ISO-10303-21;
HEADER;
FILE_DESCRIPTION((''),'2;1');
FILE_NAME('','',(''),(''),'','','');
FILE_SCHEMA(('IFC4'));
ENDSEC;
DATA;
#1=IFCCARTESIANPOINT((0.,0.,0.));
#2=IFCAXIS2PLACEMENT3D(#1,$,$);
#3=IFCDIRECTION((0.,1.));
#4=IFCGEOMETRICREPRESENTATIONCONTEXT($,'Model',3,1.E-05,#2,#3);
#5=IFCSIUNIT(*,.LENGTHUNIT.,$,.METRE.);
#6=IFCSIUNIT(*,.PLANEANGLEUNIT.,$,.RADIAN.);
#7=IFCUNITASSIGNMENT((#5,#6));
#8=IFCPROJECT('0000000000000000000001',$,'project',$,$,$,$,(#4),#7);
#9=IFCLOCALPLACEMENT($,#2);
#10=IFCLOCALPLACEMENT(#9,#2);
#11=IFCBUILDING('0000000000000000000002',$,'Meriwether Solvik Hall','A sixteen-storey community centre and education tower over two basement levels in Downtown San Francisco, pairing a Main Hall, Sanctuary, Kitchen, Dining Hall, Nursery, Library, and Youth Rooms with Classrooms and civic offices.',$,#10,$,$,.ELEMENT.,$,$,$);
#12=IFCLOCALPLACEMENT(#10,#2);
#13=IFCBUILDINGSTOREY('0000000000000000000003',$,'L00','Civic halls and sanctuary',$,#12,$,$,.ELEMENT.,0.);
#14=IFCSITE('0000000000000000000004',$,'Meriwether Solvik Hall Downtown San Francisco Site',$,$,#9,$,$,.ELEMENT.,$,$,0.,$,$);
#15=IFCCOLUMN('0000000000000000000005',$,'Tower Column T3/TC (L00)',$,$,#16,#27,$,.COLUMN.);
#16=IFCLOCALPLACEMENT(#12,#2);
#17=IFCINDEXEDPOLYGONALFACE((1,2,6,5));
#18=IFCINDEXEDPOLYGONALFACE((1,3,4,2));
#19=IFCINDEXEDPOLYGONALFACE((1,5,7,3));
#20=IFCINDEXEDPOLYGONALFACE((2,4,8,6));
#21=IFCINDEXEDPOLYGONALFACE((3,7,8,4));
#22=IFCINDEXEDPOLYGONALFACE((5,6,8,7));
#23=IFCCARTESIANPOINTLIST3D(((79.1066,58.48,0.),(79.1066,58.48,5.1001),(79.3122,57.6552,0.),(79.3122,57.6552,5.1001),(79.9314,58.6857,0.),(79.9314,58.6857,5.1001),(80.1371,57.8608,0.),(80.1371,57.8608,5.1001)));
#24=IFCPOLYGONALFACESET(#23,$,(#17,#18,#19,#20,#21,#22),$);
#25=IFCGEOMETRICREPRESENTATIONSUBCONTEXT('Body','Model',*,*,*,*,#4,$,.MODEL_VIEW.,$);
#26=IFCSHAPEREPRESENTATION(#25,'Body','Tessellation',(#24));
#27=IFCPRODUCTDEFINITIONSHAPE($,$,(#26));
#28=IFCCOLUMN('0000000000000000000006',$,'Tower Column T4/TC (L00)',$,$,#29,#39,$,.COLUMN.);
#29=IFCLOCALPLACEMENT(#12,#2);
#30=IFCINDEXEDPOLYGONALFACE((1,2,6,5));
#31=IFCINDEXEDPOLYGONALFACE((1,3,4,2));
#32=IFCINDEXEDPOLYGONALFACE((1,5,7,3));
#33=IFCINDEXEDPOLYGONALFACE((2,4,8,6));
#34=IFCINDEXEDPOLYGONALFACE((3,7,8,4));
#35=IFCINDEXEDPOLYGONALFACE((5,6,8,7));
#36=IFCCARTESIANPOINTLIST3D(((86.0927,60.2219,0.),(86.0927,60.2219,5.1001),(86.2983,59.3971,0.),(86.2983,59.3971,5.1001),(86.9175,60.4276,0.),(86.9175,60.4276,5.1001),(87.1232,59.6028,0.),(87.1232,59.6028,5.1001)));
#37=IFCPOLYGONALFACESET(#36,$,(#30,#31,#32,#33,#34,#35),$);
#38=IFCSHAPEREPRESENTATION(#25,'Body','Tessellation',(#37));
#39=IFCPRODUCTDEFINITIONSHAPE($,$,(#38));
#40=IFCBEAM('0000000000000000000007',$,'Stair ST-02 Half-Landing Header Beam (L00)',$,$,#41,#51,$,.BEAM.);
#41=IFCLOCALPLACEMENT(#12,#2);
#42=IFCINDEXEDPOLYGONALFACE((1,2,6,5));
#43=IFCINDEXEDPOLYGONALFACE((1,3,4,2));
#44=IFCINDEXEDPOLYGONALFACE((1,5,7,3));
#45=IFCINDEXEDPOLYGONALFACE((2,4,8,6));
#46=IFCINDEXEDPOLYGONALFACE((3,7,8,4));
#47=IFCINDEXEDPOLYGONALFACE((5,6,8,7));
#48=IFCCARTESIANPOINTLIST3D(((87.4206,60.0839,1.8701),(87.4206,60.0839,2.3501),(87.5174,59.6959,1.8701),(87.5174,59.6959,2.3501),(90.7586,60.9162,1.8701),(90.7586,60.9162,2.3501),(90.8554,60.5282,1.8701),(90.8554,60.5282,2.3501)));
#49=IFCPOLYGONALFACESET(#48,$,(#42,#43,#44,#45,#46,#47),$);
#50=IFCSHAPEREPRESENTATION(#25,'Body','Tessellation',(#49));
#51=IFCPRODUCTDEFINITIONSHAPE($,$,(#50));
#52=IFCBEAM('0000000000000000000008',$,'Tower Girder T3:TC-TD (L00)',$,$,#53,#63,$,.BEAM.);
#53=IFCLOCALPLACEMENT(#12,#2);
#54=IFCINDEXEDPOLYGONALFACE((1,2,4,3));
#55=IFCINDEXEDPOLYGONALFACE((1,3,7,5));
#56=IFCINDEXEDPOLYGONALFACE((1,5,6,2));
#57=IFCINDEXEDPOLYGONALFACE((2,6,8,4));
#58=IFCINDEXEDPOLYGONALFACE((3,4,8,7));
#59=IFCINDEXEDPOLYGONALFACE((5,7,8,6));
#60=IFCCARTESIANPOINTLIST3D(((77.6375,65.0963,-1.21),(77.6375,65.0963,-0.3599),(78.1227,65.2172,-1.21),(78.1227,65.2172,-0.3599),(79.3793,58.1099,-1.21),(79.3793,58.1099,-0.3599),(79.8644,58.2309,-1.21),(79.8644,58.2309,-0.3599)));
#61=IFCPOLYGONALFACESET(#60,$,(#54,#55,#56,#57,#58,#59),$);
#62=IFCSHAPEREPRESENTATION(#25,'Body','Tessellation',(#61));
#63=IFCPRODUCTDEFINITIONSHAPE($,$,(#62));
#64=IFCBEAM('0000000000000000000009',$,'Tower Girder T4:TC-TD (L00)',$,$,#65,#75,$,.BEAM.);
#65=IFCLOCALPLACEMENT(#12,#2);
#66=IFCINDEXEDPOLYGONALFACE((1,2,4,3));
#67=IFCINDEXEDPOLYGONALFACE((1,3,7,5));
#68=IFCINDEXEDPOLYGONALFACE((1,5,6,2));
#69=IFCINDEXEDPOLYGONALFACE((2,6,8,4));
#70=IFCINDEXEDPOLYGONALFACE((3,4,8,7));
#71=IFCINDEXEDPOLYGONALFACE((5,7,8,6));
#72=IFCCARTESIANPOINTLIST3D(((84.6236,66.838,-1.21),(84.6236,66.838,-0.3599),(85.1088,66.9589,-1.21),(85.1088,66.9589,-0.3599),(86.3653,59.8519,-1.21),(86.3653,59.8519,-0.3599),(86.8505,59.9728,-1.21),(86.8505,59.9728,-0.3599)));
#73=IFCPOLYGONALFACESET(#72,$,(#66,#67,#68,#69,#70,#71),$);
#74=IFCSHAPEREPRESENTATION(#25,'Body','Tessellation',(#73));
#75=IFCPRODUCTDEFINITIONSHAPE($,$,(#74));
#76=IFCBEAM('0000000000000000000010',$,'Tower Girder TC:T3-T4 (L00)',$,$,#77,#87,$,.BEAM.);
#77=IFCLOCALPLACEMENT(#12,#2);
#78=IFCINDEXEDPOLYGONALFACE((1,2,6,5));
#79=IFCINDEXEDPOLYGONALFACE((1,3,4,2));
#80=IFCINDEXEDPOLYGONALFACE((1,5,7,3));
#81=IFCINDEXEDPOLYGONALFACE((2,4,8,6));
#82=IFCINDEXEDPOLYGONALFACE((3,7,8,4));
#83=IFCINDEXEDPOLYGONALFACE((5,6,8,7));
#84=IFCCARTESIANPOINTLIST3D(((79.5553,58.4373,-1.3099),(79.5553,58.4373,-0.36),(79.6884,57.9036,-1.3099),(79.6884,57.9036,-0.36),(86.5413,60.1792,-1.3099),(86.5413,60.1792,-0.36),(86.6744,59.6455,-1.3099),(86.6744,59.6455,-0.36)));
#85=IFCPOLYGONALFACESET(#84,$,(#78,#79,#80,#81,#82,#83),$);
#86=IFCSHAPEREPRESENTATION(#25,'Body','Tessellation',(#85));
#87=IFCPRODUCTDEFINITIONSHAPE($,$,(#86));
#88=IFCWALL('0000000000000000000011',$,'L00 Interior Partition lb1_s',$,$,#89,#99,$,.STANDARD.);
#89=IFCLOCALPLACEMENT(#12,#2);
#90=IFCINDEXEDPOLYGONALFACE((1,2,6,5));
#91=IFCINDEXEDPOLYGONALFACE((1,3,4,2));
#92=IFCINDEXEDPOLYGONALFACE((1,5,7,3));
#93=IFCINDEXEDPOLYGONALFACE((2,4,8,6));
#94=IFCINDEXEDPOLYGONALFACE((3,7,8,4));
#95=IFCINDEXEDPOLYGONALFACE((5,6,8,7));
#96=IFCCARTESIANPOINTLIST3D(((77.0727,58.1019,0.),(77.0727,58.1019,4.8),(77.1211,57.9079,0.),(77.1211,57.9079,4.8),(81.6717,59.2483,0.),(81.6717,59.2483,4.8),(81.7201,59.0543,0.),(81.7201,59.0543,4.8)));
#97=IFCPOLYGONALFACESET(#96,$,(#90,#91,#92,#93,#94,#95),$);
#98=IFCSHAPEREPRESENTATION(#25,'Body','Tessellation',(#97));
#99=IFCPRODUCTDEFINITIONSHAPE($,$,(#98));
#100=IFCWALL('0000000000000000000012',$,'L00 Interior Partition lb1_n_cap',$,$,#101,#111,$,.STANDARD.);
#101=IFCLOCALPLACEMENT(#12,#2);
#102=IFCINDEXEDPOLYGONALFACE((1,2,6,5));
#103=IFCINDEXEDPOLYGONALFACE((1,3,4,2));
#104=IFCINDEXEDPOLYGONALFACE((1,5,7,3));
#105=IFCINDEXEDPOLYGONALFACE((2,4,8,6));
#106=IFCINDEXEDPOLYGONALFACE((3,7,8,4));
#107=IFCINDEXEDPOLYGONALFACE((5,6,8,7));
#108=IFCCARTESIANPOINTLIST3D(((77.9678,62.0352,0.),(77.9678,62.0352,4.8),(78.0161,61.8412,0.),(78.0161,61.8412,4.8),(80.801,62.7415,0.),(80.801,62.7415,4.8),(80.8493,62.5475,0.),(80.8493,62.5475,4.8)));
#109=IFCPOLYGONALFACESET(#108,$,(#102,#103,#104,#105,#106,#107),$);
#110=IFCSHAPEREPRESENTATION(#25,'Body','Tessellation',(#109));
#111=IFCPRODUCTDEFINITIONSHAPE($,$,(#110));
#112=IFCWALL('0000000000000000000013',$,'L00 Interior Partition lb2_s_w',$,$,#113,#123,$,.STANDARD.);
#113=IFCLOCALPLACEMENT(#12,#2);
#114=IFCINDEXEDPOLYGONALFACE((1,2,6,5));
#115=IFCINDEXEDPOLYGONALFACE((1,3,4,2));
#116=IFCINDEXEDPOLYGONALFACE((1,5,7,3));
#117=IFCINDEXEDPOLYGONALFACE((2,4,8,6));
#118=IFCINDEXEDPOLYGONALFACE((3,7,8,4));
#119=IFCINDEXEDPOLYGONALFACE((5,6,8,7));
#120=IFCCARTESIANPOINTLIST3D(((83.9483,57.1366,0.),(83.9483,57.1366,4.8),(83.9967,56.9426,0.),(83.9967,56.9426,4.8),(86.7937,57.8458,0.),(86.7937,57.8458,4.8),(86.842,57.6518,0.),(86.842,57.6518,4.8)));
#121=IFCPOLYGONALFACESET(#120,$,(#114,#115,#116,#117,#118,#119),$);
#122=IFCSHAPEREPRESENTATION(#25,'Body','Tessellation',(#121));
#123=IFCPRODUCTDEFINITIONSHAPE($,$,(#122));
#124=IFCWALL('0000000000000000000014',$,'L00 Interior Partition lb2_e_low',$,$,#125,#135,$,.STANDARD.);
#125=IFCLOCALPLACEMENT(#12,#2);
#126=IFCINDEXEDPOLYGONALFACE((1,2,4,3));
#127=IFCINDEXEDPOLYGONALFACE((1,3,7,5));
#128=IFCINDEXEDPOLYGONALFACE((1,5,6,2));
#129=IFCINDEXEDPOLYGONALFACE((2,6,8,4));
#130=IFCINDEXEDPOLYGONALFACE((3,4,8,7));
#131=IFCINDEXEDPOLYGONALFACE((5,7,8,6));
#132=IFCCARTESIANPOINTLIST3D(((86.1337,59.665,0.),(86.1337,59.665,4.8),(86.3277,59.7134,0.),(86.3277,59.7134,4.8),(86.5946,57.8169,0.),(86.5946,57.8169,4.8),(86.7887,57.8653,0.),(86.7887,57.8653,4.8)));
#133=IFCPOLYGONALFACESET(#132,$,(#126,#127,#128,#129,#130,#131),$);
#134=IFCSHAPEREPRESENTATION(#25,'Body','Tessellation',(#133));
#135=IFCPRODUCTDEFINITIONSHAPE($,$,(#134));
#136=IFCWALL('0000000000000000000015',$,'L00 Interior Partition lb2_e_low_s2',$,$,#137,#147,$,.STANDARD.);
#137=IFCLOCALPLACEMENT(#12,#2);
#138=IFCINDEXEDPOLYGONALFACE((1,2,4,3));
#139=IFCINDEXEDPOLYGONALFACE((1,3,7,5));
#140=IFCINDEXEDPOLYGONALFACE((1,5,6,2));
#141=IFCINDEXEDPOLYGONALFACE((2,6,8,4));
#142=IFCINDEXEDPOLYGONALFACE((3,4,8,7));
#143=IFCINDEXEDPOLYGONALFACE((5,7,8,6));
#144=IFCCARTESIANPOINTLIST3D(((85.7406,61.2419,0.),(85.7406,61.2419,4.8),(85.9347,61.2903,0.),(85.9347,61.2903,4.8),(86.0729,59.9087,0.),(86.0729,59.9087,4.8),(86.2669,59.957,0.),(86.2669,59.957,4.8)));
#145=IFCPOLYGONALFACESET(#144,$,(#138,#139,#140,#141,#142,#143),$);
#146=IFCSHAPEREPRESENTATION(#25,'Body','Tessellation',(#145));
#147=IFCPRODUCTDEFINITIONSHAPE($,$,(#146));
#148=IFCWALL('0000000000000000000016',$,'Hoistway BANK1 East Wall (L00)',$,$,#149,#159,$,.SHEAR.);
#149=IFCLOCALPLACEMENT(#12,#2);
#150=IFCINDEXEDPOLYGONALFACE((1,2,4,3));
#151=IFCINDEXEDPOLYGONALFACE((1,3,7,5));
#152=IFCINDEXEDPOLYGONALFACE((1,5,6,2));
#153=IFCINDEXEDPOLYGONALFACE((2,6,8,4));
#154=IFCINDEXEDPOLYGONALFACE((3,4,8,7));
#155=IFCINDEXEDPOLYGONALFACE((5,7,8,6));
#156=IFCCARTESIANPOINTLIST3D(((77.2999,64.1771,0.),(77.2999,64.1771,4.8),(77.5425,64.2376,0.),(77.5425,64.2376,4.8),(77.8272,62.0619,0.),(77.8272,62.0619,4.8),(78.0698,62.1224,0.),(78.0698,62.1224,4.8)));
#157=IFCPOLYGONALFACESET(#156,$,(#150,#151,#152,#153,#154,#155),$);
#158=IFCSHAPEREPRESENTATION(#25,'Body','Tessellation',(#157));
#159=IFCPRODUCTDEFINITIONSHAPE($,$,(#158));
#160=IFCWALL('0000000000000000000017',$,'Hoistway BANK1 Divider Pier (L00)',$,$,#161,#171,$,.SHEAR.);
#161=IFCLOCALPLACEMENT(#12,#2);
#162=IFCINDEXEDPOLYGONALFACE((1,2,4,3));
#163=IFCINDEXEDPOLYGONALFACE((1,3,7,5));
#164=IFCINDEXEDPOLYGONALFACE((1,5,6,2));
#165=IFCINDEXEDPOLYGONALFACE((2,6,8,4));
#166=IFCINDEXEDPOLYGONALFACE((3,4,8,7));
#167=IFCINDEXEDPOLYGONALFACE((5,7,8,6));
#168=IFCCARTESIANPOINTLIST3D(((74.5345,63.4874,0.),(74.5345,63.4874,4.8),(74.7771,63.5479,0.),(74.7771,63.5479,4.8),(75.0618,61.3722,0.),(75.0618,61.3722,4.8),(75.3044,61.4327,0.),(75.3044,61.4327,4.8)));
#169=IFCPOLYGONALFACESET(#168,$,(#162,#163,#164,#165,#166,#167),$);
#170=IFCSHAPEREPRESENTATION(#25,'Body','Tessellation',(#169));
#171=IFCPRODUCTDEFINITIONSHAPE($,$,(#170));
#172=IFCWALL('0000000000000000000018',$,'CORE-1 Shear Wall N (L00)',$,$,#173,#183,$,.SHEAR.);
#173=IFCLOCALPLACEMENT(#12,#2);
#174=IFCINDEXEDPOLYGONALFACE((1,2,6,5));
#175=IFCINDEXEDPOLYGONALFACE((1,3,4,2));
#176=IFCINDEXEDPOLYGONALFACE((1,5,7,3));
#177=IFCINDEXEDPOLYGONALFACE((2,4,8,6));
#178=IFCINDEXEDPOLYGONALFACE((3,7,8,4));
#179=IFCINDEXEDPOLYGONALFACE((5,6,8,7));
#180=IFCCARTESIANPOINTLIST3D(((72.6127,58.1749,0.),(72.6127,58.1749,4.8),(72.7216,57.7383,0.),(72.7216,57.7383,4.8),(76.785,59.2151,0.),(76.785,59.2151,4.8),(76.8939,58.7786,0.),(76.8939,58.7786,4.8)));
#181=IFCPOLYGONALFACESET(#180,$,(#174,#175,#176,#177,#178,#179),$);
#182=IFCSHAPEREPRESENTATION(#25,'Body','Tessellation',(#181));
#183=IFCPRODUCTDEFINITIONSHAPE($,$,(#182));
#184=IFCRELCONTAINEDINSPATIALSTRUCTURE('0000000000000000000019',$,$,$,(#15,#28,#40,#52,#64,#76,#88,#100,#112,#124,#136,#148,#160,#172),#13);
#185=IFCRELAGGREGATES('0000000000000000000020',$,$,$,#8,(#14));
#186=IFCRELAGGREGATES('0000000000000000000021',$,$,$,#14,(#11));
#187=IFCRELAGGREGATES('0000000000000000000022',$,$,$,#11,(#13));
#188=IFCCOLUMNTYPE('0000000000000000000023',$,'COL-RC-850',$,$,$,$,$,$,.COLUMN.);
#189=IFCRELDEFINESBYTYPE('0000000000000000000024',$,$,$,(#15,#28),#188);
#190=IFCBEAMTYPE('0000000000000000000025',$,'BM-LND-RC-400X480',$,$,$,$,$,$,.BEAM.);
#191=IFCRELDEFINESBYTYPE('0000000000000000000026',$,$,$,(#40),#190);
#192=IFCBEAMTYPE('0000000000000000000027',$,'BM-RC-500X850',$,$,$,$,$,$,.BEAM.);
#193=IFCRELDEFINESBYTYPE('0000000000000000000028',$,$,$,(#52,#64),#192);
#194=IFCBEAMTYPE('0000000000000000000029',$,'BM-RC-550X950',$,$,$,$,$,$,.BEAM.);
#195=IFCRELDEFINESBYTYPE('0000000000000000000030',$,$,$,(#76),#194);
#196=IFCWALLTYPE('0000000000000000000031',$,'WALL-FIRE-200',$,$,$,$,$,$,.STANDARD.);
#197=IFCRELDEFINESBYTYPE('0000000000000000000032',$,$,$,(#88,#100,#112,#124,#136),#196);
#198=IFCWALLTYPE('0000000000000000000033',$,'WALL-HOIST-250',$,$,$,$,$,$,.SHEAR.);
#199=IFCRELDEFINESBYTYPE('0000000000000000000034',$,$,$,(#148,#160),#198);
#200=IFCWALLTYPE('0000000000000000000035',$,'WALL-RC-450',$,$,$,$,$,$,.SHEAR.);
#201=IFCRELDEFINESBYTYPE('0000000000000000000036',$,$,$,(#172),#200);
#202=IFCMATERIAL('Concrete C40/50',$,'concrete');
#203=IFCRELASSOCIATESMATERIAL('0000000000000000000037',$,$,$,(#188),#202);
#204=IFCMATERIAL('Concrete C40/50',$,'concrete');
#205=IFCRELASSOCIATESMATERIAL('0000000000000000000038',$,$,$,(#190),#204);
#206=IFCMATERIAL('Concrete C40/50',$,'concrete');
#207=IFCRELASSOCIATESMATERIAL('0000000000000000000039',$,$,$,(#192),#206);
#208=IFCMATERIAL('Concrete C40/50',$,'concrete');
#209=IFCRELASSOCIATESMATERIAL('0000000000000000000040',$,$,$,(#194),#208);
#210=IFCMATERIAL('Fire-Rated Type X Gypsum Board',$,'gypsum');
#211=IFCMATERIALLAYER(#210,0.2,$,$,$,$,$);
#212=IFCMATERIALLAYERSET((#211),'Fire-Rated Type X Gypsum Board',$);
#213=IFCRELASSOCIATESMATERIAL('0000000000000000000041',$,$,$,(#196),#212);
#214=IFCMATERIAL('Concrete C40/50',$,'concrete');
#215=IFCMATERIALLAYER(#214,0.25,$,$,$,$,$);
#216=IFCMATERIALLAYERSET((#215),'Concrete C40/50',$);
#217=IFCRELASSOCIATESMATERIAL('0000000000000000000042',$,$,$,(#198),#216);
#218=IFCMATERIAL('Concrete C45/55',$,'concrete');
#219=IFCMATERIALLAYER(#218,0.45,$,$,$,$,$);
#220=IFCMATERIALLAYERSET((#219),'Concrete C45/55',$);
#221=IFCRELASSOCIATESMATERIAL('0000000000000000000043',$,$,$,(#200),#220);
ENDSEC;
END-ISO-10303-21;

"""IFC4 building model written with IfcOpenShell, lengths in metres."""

from ifc_helpers import new_model, si_unit, direction, frame, frame_2d, origin, origin_2d, place, context, subcontext, project, spatial, rectangle, extrude, material, layer, layer_set, material_profile, profile_set, type_object, element, save


model = new_model("IFC4")

# Units and contexts
model_context = context("Model", 3, precision=1e-05, world=origin(), true_north=direction((0.0, 1.0)))
body_context = subcontext(model_context, "Body", "Model", "MODEL_VIEW")
ifc_project = project(units=[si_unit("LENGTHUNIT", "METRE"), si_unit("PLANEANGLEUNIT", "RADIAN")], contexts=[model_context])

# Site, building, storey
site_placement = place(None, origin())
site = spatial("IfcSite", under=ifc_project, at=site_placement, Name="Meriwether Solvik Hall Downtown San Francisco Site", CompositionType="ELEMENT", RefElevation=0.0)
building_placement = place(site_placement, origin())
building = spatial("IfcBuilding", under=site, at=building_placement, Name="Meriwether Solvik Hall", Description="A sixteen-storey community centre and education tower over two basement levels in Downtown San Francisco, pairing a Main Hall, Sanctuary, Kitchen, Dining Hall, Nursery, Library, and Youth Rooms with Classrooms and civic offices.", CompositionType="ELEMENT")
storey_placement = place(building_placement, origin())
storey = spatial("IfcBuildingStorey", under=building, at=storey_placement, Name="L00", Description="Civic halls and sanctuary", CompositionType="ELEMENT", Elevation=0.0)

# Columns
ifc_material_1 = material(Name="Concrete C40/50", Category="concrete")
ifc_material_profile_1 = material_profile(ifc_material_1, rectangle(XDim=0.8501, YDim=0.8501, at=origin_2d()), Name="RCC-850X850")
ifc_profile_set_1 = profile_set([ifc_material_profile_1], Name="Concrete C40/50")
column_type = type_object("IfcColumnType", Name="COL-RC-850", PredefinedType="COLUMN", material=ifc_profile_set_1)
for number, where, z_axis, x_axis, name in (
    (1, (79.6218, 58.1704, 0.0), (0.0, 0.0, 1.0), (0.970296, 0.241922, 0.0), "Tower Column T3/TC (L00)"),
    (2, (86.6079, 59.9124, 0.0), (0.0, 0.0, 1.0), (0.970296, 0.241922, 0.0), "Tower Column T4/TC (L00)"),
):
    element("IfcColumn", number, at=place(storey_placement, frame(where, z_axis=z_axis, x_axis=x_axis)), inside=storey, type_object=column_type, Name=name, PredefinedType="COLUMN", context=body_context, shape_type="SweptSolid", body=[
        extrude(rectangle(XDim=0.8501, YDim=0.8501, at=origin_2d()), origin(), (0.0, 0.0, 1.0), 5.1001),
    ])

# Beams
ifc_material_2 = material(Name="Concrete C40/50", Category="concrete")
ifc_material_profile_2 = material_profile(ifc_material_2, rectangle(XDim=0.3999, YDim=0.48, at=origin_2d()), Name="RCB-400X480")
ifc_profile_set_2 = profile_set([ifc_material_profile_2], Name="Concrete C40/50")
beam_type_1 = type_object("IfcBeamType", Name="BM-LND-RC-400X480", PredefinedType="BEAM", material=ifc_profile_set_2)
beam_1_placement = place(storey_placement, frame((87.469, 59.8899, 2.1101), z_axis=(0.970293, 0.241934, 0.0), x_axis=(-0.241934, 0.970293, 0.0)))
element("IfcBeam", 3, at=beam_1_placement, inside=storey, type_object=beam_type_1, Name="Stair ST-02 Half-Landing Header Beam (L00)", PredefinedType="BEAM", context=body_context, shape_type="SweptSolid", body=[
    extrude(rectangle(XDim=0.3999, YDim=0.48, at=origin_2d()), origin(), (0.0, 0.0, 1.0), 3.4402),
])
ifc_material_3 = material(Name="Concrete C40/50", Category="concrete")
ifc_material_profile_3 = material_profile(ifc_material_3, rectangle(XDim=0.5, YDim=0.8501, at=origin_2d()), Name="RCB-500X850")
ifc_profile_set_3 = profile_set([ifc_material_profile_3], Name="Concrete C40/50")
beam_type_2 = type_object("IfcBeamType", Name="BM-RC-500X850", PredefinedType="BEAM", material=ifc_profile_set_3)
beam_2_placement = place(storey_placement, frame((79.6218, 58.1704, -0.7849), z_axis=(-0.241897, 0.970302, 0.0), x_axis=(-0.970302, -0.241897, 0.0)))
element("IfcBeam", 4, at=beam_2_placement, inside=storey, type_object=beam_type_2, Name="Tower Girder T3:TC-TD (L00)", PredefinedType="BEAM", context=body_context, shape_type="SweptSolid", body=[
    extrude(rectangle(XDim=0.5, YDim=0.8501, at=origin_2d()), origin(), (0.0, 0.0, 1.0), 7.2002),
])
beam_3_placement = place(storey_placement, frame((86.6079, 59.9124, -0.7849), z_axis=(-0.241905, 0.9703, 0.0), x_axis=(-0.9703, -0.241905, 0.0)))
element("IfcBeam", 5, at=beam_3_placement, inside=storey, type_object=beam_type_2, Name="Tower Girder T4:TC-TD (L00)", PredefinedType="BEAM", context=body_context, shape_type="SweptSolid", body=[
    extrude(rectangle(XDim=0.5, YDim=0.8501, at=origin_2d()), origin(), (0.0, 0.0, 1.0), 7.2),
])
ifc_material_4 = material(Name="Concrete C40/50", Category="concrete")
ifc_material_profile_4 = material_profile(ifc_material_4, rectangle(XDim=0.55, YDim=0.95, at=origin_2d()), Name="RCB-550X950")
ifc_profile_set_4 = profile_set([ifc_material_profile_4], Name="Concrete C40/50")
beam_type_3 = type_object("IfcBeamType", Name="BM-RC-550X950", PredefinedType="BEAM", material=ifc_profile_set_4)
beam_4_placement = place(storey_placement, frame((79.6218, 58.1704, -0.835), z_axis=(0.970292, 0.241937, 0.0), x_axis=(-0.241937, 0.970292, 0.0)))
element("IfcBeam", 6, at=beam_4_placement, inside=storey, type_object=beam_type_3, Name="Tower Girder TC:T3-T4 (L00)", PredefinedType="BEAM", context=body_context, shape_type="SweptSolid", body=[
    extrude(rectangle(XDim=0.55, YDim=0.95, at=origin_2d()), origin(), (0.0, 0.0, 1.0), 7.2),
])

# Walls
ifc_material_5 = material(Name="Fire-Rated Type X Gypsum Board", Category="gypsum")
ifc_layer_1 = layer(ifc_material_5, 0.2)
ifc_layer_set_1 = layer_set([ifc_layer_1], Name="Fire-Rated Type X Gypsum Board")
wall_type_1 = type_object("IfcWallType", Name="WALL-FIRE-200", PredefinedType="STANDARD", material=ifc_layer_set_1)
wall_1_placement = place(storey_placement, frame((77.0969, 58.0049, 0.0), z_axis=(0.0, 0.0, 1.0), x_axis=(0.970306, 0.241881, 0.0)))
element("IfcWall", 7, at=wall_1_placement, inside=storey, type_object=wall_type_1, Name="L00 Interior Partition lb1_s", PredefinedType="STANDARD", context=body_context, shape_type="SweptSolid", body=[
    extrude(rectangle(XDim=4.7397, YDim=0.2, at=frame_2d((2.3699, 0.0))), origin(), (0.0, 0.0, 1.0), 4.8),
])
wall_2_placement = place(storey_placement, frame((77.9919, 61.9382, 0.0), z_axis=(0.0, 0.0, 1.0), x_axis=(0.970305, 0.241886, 0.0)))
element("IfcWall", 8, at=wall_2_placement, inside=storey, type_object=wall_type_1, Name="L00 Interior Partition lb1_n_cap", PredefinedType="STANDARD", context=body_context, shape_type="SweptSolid", body=[
    extrude(rectangle(XDim=2.9199, YDim=0.2, at=frame_2d((1.46, 0.0))), origin(), (0.0, 0.0, 1.0), 4.8),
])
wall_3_placement = place(storey_placement, frame((83.9724, 57.0396, 0.0), z_axis=(0.0, 0.0, 1.0), x_axis=(0.970309, 0.241869, 0.0)))
element("IfcWall", 9, at=wall_3_placement, inside=storey, type_object=wall_type_1, Name="L00 Interior Partition lb2_s_w", PredefinedType="STANDARD", context=body_context, shape_type="SweptSolid", body=[
    extrude(rectangle(XDim=2.9324, YDim=0.2, at=frame_2d((1.4663, 0.0))), origin(), (0.0, 0.0, 1.0), 4.8),
])
wall_4_placement = place(storey_placement, frame((86.6917, 57.8411, 0.0), z_axis=(0.0, 0.0, 1.0), x_axis=(-0.241993, 0.970278, 0.0)))
element("IfcWall", 10, at=wall_4_placement, inside=storey, type_object=wall_type_1, Name="L00 Interior Partition lb2_e_low", PredefinedType="STANDARD", context=body_context, shape_type="SweptSolid", body=[
    extrude(rectangle(XDim=1.9048, YDim=0.2, at=frame_2d((0.9524, 0.0))), origin(), (0.0, 0.0, 1.0), 4.8),
])
wall_5_placement = place(storey_placement, frame((86.1699, 59.9329, 0.0), z_axis=(0.0, 0.0, 1.0), x_axis=(-0.241825, 0.97032, 0.0)))
element("IfcWall", 11, at=wall_5_placement, inside=storey, type_object=wall_type_1, Name="L00 Interior Partition lb2_e_low_s2", PredefinedType="STANDARD", context=body_context, shape_type="SweptSolid", body=[
    extrude(rectangle(XDim=1.374, YDim=0.2, at=frame_2d((0.687, 0.0))), origin(), (0.0, 0.0, 1.0), 4.8),
])
ifc_material_6 = material(Name="Concrete C40/50", Category="concrete")
ifc_layer_2 = layer(ifc_material_6, 0.25)
ifc_layer_set_2 = layer_set([ifc_layer_2], Name="Concrete C40/50")
wall_type_2 = type_object("IfcWallType", Name="WALL-HOIST-250", PredefinedType="SHEAR", material=ifc_layer_set_2)
for number, where, z_axis, x_axis, name in (
    (12, (77.9485, 62.0923, 0.0), (0.0, 0.0, 1.0), (-0.241903, 0.9703, 0.0), "Hoistway BANK1 East Wall (L00)"),
    (13, (75.1831, 61.4026, 0.0), (0.0, 0.0, 1.0), (-0.241903, 0.9703, 0.0), "Hoistway BANK1 Divider Pier (L00)"),
):
    element("IfcWall", number, at=place(storey_placement, frame(where, z_axis=z_axis, x_axis=x_axis)), inside=storey, type_object=wall_type_2, Name=name, PredefinedType="SHEAR", context=body_context, shape_type="SweptSolid", body=[
        extrude(rectangle(XDim=2.1799, YDim=0.25, at=frame_2d((1.0898, 0.0))), origin(), (0.0, 0.0, 1.0), 4.8),
    ])

# Wall
ifc_material_7 = material(Name="Concrete C45/55", Category="concrete")
ifc_layer_3 = layer(ifc_material_7, 0.45)
ifc_layer_set_3 = layer_set([ifc_layer_3], Name="Concrete C45/55")
wall_type_3 = type_object("IfcWallType", Name="WALL-RC-450", PredefinedType="SHEAR", material=ifc_layer_set_3)
wall_6_placement = place(storey_placement, frame((76.8394, 58.9968, 0.0), z_axis=(0.0, 0.0, 1.0), x_axis=(-0.970296, -0.241921, 0.0)))
element("IfcWall", 14, at=wall_6_placement, inside=storey, type_object=wall_type_3, Name="CORE-1 Shear Wall N (L00)", PredefinedType="SHEAR", context=body_context, shape_type="SweptSolid", body=[
    extrude(rectangle(XDim=4.3, YDim=0.45, at=frame_2d((2.1499, 0.0))), origin(), (0.0, 0.0, 1.0), 4.8),
])

save(model, "model.ifc")
